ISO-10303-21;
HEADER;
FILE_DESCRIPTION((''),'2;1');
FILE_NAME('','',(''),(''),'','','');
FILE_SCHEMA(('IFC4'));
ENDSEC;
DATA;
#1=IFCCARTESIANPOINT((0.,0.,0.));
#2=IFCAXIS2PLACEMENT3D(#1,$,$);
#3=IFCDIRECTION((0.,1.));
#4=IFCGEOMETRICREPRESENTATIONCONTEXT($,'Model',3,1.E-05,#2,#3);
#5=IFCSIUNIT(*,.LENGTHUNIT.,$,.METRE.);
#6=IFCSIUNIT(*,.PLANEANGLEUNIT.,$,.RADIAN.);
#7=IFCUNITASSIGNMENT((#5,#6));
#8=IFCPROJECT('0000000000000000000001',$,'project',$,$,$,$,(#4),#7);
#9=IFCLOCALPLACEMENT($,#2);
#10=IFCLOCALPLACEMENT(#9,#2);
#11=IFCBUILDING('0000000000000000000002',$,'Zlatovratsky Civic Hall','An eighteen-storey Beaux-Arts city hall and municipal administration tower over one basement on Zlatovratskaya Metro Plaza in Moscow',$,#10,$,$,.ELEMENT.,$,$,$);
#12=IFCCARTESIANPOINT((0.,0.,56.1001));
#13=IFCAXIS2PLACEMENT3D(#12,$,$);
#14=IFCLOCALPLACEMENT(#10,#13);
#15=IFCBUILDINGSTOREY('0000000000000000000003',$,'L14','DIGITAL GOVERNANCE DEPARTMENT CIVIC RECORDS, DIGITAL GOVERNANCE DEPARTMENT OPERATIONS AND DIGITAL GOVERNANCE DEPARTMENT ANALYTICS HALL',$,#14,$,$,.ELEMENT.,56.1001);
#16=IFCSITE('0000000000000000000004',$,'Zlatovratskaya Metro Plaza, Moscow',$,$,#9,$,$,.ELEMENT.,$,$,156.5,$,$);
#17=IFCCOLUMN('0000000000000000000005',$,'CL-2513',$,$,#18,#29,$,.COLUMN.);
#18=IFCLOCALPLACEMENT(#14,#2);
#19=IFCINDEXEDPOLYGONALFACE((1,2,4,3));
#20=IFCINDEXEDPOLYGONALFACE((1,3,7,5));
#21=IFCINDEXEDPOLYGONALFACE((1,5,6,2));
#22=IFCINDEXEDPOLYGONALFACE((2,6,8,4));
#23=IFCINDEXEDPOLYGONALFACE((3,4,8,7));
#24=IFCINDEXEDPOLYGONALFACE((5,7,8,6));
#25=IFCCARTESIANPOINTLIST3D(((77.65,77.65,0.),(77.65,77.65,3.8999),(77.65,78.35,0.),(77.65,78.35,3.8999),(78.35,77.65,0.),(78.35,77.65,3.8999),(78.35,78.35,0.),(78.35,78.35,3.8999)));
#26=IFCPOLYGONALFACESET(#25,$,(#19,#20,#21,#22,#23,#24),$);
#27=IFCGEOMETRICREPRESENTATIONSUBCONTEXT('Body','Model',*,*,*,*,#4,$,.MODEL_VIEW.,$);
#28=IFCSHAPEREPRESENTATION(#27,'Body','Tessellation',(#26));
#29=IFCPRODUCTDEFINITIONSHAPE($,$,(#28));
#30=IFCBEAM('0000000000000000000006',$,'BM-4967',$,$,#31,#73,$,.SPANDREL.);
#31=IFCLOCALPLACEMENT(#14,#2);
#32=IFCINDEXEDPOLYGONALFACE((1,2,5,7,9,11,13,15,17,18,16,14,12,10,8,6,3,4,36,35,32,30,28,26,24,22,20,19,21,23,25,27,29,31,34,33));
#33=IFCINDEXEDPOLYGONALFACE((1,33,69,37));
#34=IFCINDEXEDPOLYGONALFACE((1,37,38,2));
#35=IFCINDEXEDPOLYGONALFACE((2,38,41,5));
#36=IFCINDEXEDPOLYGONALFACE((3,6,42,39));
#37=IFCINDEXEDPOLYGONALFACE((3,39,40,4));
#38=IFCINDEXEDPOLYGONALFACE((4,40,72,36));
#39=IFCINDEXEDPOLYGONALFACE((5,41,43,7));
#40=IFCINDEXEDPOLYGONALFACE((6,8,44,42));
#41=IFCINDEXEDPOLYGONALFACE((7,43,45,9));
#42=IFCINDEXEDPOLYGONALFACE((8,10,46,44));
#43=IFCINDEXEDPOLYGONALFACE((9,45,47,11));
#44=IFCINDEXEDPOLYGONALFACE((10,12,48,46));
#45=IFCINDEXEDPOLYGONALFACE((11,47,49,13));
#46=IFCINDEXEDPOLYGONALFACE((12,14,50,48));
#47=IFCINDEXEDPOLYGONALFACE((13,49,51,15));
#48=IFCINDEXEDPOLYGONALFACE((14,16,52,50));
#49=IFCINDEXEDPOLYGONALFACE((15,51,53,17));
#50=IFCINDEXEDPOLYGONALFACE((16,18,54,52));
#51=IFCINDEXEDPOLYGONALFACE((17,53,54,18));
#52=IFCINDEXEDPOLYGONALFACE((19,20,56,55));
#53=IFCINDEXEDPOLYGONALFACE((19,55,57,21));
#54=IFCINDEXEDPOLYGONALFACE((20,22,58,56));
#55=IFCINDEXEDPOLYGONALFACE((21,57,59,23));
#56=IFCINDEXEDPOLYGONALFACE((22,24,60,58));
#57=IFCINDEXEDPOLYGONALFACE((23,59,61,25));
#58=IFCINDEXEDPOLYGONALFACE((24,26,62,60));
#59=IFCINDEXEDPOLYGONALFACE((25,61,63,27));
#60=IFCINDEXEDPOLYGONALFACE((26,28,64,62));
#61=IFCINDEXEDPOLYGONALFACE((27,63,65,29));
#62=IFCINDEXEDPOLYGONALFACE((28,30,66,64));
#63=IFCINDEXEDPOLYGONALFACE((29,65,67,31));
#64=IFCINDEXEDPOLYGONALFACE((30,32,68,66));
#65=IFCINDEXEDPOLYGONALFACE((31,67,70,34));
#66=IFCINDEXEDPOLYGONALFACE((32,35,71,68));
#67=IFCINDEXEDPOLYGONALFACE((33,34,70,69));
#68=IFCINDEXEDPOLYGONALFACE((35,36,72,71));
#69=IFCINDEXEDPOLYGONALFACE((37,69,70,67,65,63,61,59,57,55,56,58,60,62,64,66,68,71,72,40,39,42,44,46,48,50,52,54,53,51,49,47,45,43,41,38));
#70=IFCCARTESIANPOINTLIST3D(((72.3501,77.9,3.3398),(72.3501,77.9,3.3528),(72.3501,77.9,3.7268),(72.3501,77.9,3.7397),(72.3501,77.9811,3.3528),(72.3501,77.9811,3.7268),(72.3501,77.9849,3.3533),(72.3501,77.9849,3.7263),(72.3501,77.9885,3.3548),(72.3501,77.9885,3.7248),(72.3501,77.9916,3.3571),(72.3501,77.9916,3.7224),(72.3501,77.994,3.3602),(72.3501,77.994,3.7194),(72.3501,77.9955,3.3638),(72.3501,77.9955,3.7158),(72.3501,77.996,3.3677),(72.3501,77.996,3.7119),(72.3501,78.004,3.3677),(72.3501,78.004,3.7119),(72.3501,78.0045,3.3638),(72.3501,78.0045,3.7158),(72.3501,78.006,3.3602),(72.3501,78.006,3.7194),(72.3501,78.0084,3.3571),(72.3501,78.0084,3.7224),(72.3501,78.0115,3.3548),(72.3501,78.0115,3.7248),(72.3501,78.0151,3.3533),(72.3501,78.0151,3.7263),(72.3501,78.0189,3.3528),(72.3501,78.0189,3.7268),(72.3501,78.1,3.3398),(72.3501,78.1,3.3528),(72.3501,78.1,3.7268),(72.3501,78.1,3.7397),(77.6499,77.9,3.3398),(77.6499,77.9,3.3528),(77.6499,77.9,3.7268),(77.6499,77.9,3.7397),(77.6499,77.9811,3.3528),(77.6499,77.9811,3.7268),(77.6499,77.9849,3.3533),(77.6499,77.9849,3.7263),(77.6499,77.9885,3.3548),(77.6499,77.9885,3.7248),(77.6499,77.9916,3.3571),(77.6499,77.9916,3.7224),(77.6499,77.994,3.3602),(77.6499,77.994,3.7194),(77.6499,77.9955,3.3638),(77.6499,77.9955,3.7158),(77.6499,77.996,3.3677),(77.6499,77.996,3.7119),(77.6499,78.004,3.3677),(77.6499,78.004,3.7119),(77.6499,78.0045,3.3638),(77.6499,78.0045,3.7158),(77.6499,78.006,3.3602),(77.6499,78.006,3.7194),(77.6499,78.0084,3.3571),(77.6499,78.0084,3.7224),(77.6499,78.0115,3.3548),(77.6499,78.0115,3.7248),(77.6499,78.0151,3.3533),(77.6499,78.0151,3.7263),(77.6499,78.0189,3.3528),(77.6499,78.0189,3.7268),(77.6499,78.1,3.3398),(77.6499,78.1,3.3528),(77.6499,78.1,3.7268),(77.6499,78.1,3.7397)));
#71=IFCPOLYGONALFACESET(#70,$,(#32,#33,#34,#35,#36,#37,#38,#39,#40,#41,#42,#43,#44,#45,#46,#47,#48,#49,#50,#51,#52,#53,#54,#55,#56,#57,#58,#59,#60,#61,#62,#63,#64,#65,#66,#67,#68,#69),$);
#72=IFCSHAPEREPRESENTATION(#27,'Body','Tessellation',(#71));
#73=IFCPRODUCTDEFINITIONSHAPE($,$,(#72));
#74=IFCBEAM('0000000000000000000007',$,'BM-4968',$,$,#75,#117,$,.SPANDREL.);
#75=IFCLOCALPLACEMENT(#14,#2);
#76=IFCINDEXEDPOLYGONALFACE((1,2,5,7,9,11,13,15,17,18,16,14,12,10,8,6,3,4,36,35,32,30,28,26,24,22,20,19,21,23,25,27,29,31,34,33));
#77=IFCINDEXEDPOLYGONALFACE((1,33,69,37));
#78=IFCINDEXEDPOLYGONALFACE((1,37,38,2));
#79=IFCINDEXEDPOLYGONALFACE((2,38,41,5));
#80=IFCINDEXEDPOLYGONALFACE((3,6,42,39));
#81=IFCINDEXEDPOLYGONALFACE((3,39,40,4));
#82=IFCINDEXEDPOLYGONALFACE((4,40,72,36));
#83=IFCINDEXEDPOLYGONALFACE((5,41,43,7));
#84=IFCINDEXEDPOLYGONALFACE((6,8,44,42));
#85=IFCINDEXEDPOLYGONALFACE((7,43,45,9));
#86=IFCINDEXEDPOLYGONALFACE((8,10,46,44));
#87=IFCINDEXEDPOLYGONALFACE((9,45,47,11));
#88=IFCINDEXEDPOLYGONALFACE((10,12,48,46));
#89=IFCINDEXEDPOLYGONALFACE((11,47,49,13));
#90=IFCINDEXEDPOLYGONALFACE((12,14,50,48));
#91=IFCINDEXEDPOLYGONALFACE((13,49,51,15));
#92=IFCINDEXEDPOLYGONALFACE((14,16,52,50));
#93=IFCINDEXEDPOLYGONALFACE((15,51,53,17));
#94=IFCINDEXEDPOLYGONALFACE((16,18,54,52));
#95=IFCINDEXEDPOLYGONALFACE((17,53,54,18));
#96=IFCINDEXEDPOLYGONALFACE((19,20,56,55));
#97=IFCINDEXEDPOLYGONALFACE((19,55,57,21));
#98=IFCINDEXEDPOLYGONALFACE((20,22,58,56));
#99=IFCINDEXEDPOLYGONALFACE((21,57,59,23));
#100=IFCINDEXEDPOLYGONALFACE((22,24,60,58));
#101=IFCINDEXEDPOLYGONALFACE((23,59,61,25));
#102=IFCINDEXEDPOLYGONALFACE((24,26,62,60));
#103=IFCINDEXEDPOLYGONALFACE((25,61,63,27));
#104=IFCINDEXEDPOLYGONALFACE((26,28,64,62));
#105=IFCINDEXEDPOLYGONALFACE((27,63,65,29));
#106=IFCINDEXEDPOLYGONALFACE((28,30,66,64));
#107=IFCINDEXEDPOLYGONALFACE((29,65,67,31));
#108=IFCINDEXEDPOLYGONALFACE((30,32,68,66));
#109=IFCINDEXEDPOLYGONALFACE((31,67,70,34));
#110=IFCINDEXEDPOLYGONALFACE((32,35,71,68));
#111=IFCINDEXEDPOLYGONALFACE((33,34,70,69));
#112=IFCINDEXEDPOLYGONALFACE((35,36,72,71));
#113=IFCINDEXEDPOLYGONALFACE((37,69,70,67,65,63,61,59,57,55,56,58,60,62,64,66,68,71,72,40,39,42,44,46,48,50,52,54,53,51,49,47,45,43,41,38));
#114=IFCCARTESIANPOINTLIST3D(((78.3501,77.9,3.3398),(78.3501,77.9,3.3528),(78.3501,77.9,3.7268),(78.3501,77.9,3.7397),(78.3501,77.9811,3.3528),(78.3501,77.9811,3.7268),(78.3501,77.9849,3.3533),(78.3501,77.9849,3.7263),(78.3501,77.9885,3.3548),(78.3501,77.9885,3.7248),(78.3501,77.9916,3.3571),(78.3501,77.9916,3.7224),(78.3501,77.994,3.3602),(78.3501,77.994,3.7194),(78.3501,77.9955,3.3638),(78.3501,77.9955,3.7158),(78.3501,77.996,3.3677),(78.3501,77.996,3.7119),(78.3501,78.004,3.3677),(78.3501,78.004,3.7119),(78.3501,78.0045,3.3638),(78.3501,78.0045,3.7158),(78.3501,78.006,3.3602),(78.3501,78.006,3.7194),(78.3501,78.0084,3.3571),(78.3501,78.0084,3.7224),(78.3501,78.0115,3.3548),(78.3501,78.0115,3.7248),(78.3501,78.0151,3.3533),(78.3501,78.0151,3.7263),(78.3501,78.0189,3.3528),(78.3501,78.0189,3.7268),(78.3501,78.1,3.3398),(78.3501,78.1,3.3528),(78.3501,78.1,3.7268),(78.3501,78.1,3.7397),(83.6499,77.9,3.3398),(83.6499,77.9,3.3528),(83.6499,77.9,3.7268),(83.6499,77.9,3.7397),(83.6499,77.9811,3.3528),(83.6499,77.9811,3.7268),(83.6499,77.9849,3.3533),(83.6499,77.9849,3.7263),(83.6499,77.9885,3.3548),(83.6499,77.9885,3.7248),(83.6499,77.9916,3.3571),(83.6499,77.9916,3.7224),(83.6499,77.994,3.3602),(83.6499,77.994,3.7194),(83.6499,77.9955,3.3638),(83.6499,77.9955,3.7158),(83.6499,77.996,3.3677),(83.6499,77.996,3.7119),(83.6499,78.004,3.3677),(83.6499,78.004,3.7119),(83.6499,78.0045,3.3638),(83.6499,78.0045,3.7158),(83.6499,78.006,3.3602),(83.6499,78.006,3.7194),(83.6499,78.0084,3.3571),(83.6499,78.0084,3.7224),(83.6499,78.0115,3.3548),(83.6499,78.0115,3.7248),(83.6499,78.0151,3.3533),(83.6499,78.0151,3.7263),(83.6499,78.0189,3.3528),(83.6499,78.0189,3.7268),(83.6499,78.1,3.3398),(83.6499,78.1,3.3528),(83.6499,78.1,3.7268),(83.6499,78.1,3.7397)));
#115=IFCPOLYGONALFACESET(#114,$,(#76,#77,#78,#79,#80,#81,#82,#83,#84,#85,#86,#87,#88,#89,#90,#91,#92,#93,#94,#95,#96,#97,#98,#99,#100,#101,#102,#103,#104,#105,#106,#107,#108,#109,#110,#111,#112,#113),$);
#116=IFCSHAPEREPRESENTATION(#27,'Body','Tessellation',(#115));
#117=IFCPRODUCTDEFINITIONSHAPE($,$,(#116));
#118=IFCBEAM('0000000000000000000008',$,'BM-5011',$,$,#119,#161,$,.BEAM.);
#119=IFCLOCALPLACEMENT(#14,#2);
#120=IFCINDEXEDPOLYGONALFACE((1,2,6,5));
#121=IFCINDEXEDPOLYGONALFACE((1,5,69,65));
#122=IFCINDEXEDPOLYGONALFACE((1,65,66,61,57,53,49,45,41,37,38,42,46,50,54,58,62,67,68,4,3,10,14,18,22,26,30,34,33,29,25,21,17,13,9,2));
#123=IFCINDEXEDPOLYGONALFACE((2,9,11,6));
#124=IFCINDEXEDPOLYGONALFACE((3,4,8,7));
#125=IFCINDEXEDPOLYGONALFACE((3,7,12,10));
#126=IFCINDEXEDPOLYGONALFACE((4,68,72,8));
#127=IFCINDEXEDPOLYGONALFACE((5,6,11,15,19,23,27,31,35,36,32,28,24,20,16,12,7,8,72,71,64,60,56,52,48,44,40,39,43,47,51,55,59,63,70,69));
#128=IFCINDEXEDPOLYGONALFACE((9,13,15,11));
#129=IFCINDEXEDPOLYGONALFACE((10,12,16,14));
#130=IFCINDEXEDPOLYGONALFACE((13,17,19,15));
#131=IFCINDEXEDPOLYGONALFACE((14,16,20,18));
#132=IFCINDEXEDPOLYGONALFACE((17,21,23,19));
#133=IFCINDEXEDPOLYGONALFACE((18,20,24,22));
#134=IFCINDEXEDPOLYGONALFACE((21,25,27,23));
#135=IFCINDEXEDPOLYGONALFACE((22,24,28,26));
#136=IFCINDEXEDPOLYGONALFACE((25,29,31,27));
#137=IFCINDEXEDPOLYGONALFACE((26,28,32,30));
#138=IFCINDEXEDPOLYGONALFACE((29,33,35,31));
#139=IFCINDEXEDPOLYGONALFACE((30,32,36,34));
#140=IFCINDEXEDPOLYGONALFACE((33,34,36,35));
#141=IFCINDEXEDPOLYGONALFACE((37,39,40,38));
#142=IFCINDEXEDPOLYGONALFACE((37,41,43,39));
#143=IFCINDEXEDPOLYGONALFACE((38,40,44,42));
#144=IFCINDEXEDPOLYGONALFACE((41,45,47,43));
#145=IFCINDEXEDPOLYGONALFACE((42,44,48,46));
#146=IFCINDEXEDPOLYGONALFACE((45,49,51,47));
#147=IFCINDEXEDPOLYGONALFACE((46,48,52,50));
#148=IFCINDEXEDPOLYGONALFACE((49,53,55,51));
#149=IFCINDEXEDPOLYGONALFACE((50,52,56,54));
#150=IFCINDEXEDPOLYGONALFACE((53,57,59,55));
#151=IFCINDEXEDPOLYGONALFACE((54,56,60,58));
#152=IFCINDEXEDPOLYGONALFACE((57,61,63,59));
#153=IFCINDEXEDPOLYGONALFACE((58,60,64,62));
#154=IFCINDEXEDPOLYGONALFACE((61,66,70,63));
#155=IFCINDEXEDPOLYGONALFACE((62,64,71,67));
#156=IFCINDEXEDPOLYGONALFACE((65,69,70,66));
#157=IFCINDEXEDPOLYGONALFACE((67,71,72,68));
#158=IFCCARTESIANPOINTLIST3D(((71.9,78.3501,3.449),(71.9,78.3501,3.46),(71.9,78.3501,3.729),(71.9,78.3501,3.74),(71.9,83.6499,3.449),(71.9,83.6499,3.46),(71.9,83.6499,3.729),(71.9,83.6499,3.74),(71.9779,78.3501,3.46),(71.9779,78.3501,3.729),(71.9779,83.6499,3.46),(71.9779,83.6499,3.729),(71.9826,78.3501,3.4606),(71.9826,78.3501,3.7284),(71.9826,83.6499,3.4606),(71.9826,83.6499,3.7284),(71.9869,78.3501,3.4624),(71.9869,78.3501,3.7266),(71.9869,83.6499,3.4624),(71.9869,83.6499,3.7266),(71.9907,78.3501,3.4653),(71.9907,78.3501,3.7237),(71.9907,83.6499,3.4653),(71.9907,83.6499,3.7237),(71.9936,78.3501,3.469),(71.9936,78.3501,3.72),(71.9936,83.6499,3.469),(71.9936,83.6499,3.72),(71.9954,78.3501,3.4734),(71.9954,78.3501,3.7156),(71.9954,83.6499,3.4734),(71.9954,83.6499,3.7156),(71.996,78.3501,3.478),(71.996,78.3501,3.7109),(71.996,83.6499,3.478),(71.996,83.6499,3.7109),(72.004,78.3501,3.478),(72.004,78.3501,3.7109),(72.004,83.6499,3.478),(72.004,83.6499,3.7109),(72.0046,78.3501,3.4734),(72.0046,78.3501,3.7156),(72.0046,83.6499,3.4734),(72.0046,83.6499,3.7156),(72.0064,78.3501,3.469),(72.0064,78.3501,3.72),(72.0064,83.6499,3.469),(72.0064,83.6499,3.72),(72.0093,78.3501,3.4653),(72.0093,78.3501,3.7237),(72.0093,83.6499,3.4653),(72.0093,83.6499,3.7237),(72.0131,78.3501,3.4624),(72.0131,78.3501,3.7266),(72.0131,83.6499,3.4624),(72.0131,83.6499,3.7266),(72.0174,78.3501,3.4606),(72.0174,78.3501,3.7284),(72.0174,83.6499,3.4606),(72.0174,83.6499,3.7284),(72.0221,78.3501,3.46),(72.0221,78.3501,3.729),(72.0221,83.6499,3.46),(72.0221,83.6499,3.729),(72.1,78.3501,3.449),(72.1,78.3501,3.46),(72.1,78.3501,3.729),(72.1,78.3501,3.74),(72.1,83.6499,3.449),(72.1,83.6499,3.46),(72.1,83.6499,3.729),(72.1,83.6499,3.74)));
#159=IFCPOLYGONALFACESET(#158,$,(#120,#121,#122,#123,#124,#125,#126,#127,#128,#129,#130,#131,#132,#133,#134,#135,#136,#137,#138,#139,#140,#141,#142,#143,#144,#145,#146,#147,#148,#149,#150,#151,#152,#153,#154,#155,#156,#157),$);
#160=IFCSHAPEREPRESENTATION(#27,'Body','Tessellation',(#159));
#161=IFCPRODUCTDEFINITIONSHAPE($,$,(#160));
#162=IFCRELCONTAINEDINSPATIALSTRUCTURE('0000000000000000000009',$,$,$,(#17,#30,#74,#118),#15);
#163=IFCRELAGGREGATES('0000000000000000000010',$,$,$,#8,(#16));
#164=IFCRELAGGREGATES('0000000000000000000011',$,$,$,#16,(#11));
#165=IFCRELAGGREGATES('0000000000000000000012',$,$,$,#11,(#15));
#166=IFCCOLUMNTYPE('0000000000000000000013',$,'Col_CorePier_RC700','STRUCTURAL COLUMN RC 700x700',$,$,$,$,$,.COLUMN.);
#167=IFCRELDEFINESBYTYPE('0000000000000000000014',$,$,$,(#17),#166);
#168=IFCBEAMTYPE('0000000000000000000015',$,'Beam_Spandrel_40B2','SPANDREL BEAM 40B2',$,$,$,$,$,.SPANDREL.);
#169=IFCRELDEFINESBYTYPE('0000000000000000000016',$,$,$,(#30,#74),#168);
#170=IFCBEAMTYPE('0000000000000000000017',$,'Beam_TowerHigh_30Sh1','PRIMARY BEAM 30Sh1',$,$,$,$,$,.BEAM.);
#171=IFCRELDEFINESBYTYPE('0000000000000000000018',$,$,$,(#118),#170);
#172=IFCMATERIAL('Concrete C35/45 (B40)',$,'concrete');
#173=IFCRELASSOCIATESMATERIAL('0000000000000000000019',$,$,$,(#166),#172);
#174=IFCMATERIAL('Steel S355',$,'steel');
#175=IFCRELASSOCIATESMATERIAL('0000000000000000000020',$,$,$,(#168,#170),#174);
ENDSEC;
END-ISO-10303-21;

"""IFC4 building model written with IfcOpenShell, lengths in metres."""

from ifc_helpers import new_model, si_unit, direction, frame, origin, origin_2d, place, context, subcontext, project, spatial, rectangle, i_section, extrude, material, material_profile, profile_set, type_object, element, save


model = new_model("IFC4")

# Units and contexts
model_context = context("Model", 3, precision=1e-05, world=origin(), true_north=direction((0.0, 1.0)))
body_context = subcontext(model_context, "Body", "Model", "MODEL_VIEW")
ifc_project = project(units=[si_unit("LENGTHUNIT", "METRE"), si_unit("PLANEANGLEUNIT", "RADIAN")], contexts=[model_context])

# Site, building, storey
site_placement = place(None, origin())
site = spatial("IfcSite", under=ifc_project, at=site_placement, Name="Zlatovratskaya Metro Plaza, Moscow", CompositionType="ELEMENT", RefElevation=156.5)
building_placement = place(site_placement, origin())
building = spatial("IfcBuilding", under=site, at=building_placement, Name="Zlatovratsky Civic Hall", Description="An eighteen-storey Beaux-Arts city hall and municipal administration tower over one basement on Zlatovratskaya Metro Plaza in Moscow", CompositionType="ELEMENT")
storey_placement = place(building_placement, frame((0.0, 0.0, 56.1001)))
storey = spatial("IfcBuildingStorey", under=building, at=storey_placement, Name="L14", Description="DIGITAL GOVERNANCE DEPARTMENT CIVIC RECORDS, DIGITAL GOVERNANCE DEPARTMENT OPERATIONS AND DIGITAL GOVERNANCE DEPARTMENT ANALYTICS HALL", CompositionType="ELEMENT", Elevation=56.1001)

# Column
ifc_material_1 = material(Name="Concrete C35/45 (B40)", Category="concrete")
ifc_material_profile_1 = material_profile(ifc_material_1, rectangle(XDim=0.7, YDim=0.7, at=origin_2d()), Name="RC 700x700")
ifc_profile_set_1 = profile_set([ifc_material_profile_1], Name="Concrete C35/45 (B40)")
column_type = type_object("IfcColumnType", Name="Col_CorePier_RC700", Description="STRUCTURAL COLUMN RC 700x700", PredefinedType="COLUMN", material=ifc_profile_set_1)
column_placement = place(storey_placement, frame((78.0, 78.0, 0.0), z_axis=(0.0, 0.0, 1.0), x_axis=(1.0, 0.0, 0.0)))
element("IfcColumn", 1, at=column_placement, inside=storey, type_object=column_type, Name="CL-2513", PredefinedType="COLUMN", context=body_context, shape_type="SweptSolid", body=[
    extrude(rectangle(XDim=0.7, YDim=0.7, at=origin_2d()), origin(), (0.0, 0.0, 1.0), 3.8999),
])

# Beams
ifc_material_2 = material(Name="Steel S355", Category="steel")
ifc_material_profile_2 = material_profile(ifc_material_2, i_section(OverallWidth=0.2, OverallDepth=0.3999, WebThickness=0.0081, FlangeThickness=0.0129, FilletRadius=0.0149, at=origin_2d()), Name="40B2")
ifc_profile_set_2 = profile_set([ifc_material_profile_2], Name="Steel S355")
beam_type_1 = type_object("IfcBeamType", Name="Beam_Spandrel_40B2", Description="SPANDREL BEAM 40B2", PredefinedType="SPANDREL", material=ifc_profile_set_2)
for number, where, z_axis, x_axis, name in (
    (2, (72.3501, 78.0, 3.5398), (1.0, 0.0, 0.0), (0.0, 1.0, 0.0), "BM-4967"),
    (3, (78.3501, 78.0, 3.5398), (1.0, 0.0, 0.0), (0.0, 1.0, 0.0), "BM-4968"),
):
    element("IfcBeam", number, at=place(storey_placement, frame(where, z_axis=z_axis, x_axis=x_axis)), inside=storey, type_object=beam_type_1, Name=name, PredefinedType="SPANDREL", context=body_context, shape_type="SweptSolid", body=[
        extrude(i_section(OverallWidth=0.2, OverallDepth=0.3999, WebThickness=0.0081, FlangeThickness=0.0129, FilletRadius=0.0149, at=origin_2d()), origin(), (0.0, 0.0, 1.0), 5.2998),
    ])
ifc_material_profile_3 = material_profile(ifc_material_2, i_section(OverallWidth=0.2, OverallDepth=0.291, WebThickness=0.0081, FlangeThickness=0.011, FilletRadius=0.0181, at=origin_2d()), Name="30Sh1")
ifc_profile_set_3 = profile_set([ifc_material_profile_3], Name="Steel S355")
beam_type_2 = type_object("IfcBeamType", Name="Beam_TowerHigh_30Sh1", Description="PRIMARY BEAM 30Sh1", PredefinedType="BEAM", material=ifc_profile_set_3)
for number, where, z_axis, x_axis, name in (
    (4, (72.0, 78.3501, 3.5945), (0.0, 1.0, 0.0), (-1.0, 0.0, 0.0), "BM-5011"),
):
    element("IfcBeam", number, at=place(storey_placement, frame(where, z_axis=z_axis, x_axis=x_axis)), inside=storey, type_object=beam_type_2, Name=name, PredefinedType="BEAM", context=body_context, shape_type="SweptSolid", body=[
        extrude(i_section(OverallWidth=0.2, OverallDepth=0.291, WebThickness=0.0081, FlangeThickness=0.011, FilletRadius=0.0181, at=origin_2d()), origin(), (0.0, 0.0, 1.0), 5.2998),
    ])

save(model, "model.ifc")
